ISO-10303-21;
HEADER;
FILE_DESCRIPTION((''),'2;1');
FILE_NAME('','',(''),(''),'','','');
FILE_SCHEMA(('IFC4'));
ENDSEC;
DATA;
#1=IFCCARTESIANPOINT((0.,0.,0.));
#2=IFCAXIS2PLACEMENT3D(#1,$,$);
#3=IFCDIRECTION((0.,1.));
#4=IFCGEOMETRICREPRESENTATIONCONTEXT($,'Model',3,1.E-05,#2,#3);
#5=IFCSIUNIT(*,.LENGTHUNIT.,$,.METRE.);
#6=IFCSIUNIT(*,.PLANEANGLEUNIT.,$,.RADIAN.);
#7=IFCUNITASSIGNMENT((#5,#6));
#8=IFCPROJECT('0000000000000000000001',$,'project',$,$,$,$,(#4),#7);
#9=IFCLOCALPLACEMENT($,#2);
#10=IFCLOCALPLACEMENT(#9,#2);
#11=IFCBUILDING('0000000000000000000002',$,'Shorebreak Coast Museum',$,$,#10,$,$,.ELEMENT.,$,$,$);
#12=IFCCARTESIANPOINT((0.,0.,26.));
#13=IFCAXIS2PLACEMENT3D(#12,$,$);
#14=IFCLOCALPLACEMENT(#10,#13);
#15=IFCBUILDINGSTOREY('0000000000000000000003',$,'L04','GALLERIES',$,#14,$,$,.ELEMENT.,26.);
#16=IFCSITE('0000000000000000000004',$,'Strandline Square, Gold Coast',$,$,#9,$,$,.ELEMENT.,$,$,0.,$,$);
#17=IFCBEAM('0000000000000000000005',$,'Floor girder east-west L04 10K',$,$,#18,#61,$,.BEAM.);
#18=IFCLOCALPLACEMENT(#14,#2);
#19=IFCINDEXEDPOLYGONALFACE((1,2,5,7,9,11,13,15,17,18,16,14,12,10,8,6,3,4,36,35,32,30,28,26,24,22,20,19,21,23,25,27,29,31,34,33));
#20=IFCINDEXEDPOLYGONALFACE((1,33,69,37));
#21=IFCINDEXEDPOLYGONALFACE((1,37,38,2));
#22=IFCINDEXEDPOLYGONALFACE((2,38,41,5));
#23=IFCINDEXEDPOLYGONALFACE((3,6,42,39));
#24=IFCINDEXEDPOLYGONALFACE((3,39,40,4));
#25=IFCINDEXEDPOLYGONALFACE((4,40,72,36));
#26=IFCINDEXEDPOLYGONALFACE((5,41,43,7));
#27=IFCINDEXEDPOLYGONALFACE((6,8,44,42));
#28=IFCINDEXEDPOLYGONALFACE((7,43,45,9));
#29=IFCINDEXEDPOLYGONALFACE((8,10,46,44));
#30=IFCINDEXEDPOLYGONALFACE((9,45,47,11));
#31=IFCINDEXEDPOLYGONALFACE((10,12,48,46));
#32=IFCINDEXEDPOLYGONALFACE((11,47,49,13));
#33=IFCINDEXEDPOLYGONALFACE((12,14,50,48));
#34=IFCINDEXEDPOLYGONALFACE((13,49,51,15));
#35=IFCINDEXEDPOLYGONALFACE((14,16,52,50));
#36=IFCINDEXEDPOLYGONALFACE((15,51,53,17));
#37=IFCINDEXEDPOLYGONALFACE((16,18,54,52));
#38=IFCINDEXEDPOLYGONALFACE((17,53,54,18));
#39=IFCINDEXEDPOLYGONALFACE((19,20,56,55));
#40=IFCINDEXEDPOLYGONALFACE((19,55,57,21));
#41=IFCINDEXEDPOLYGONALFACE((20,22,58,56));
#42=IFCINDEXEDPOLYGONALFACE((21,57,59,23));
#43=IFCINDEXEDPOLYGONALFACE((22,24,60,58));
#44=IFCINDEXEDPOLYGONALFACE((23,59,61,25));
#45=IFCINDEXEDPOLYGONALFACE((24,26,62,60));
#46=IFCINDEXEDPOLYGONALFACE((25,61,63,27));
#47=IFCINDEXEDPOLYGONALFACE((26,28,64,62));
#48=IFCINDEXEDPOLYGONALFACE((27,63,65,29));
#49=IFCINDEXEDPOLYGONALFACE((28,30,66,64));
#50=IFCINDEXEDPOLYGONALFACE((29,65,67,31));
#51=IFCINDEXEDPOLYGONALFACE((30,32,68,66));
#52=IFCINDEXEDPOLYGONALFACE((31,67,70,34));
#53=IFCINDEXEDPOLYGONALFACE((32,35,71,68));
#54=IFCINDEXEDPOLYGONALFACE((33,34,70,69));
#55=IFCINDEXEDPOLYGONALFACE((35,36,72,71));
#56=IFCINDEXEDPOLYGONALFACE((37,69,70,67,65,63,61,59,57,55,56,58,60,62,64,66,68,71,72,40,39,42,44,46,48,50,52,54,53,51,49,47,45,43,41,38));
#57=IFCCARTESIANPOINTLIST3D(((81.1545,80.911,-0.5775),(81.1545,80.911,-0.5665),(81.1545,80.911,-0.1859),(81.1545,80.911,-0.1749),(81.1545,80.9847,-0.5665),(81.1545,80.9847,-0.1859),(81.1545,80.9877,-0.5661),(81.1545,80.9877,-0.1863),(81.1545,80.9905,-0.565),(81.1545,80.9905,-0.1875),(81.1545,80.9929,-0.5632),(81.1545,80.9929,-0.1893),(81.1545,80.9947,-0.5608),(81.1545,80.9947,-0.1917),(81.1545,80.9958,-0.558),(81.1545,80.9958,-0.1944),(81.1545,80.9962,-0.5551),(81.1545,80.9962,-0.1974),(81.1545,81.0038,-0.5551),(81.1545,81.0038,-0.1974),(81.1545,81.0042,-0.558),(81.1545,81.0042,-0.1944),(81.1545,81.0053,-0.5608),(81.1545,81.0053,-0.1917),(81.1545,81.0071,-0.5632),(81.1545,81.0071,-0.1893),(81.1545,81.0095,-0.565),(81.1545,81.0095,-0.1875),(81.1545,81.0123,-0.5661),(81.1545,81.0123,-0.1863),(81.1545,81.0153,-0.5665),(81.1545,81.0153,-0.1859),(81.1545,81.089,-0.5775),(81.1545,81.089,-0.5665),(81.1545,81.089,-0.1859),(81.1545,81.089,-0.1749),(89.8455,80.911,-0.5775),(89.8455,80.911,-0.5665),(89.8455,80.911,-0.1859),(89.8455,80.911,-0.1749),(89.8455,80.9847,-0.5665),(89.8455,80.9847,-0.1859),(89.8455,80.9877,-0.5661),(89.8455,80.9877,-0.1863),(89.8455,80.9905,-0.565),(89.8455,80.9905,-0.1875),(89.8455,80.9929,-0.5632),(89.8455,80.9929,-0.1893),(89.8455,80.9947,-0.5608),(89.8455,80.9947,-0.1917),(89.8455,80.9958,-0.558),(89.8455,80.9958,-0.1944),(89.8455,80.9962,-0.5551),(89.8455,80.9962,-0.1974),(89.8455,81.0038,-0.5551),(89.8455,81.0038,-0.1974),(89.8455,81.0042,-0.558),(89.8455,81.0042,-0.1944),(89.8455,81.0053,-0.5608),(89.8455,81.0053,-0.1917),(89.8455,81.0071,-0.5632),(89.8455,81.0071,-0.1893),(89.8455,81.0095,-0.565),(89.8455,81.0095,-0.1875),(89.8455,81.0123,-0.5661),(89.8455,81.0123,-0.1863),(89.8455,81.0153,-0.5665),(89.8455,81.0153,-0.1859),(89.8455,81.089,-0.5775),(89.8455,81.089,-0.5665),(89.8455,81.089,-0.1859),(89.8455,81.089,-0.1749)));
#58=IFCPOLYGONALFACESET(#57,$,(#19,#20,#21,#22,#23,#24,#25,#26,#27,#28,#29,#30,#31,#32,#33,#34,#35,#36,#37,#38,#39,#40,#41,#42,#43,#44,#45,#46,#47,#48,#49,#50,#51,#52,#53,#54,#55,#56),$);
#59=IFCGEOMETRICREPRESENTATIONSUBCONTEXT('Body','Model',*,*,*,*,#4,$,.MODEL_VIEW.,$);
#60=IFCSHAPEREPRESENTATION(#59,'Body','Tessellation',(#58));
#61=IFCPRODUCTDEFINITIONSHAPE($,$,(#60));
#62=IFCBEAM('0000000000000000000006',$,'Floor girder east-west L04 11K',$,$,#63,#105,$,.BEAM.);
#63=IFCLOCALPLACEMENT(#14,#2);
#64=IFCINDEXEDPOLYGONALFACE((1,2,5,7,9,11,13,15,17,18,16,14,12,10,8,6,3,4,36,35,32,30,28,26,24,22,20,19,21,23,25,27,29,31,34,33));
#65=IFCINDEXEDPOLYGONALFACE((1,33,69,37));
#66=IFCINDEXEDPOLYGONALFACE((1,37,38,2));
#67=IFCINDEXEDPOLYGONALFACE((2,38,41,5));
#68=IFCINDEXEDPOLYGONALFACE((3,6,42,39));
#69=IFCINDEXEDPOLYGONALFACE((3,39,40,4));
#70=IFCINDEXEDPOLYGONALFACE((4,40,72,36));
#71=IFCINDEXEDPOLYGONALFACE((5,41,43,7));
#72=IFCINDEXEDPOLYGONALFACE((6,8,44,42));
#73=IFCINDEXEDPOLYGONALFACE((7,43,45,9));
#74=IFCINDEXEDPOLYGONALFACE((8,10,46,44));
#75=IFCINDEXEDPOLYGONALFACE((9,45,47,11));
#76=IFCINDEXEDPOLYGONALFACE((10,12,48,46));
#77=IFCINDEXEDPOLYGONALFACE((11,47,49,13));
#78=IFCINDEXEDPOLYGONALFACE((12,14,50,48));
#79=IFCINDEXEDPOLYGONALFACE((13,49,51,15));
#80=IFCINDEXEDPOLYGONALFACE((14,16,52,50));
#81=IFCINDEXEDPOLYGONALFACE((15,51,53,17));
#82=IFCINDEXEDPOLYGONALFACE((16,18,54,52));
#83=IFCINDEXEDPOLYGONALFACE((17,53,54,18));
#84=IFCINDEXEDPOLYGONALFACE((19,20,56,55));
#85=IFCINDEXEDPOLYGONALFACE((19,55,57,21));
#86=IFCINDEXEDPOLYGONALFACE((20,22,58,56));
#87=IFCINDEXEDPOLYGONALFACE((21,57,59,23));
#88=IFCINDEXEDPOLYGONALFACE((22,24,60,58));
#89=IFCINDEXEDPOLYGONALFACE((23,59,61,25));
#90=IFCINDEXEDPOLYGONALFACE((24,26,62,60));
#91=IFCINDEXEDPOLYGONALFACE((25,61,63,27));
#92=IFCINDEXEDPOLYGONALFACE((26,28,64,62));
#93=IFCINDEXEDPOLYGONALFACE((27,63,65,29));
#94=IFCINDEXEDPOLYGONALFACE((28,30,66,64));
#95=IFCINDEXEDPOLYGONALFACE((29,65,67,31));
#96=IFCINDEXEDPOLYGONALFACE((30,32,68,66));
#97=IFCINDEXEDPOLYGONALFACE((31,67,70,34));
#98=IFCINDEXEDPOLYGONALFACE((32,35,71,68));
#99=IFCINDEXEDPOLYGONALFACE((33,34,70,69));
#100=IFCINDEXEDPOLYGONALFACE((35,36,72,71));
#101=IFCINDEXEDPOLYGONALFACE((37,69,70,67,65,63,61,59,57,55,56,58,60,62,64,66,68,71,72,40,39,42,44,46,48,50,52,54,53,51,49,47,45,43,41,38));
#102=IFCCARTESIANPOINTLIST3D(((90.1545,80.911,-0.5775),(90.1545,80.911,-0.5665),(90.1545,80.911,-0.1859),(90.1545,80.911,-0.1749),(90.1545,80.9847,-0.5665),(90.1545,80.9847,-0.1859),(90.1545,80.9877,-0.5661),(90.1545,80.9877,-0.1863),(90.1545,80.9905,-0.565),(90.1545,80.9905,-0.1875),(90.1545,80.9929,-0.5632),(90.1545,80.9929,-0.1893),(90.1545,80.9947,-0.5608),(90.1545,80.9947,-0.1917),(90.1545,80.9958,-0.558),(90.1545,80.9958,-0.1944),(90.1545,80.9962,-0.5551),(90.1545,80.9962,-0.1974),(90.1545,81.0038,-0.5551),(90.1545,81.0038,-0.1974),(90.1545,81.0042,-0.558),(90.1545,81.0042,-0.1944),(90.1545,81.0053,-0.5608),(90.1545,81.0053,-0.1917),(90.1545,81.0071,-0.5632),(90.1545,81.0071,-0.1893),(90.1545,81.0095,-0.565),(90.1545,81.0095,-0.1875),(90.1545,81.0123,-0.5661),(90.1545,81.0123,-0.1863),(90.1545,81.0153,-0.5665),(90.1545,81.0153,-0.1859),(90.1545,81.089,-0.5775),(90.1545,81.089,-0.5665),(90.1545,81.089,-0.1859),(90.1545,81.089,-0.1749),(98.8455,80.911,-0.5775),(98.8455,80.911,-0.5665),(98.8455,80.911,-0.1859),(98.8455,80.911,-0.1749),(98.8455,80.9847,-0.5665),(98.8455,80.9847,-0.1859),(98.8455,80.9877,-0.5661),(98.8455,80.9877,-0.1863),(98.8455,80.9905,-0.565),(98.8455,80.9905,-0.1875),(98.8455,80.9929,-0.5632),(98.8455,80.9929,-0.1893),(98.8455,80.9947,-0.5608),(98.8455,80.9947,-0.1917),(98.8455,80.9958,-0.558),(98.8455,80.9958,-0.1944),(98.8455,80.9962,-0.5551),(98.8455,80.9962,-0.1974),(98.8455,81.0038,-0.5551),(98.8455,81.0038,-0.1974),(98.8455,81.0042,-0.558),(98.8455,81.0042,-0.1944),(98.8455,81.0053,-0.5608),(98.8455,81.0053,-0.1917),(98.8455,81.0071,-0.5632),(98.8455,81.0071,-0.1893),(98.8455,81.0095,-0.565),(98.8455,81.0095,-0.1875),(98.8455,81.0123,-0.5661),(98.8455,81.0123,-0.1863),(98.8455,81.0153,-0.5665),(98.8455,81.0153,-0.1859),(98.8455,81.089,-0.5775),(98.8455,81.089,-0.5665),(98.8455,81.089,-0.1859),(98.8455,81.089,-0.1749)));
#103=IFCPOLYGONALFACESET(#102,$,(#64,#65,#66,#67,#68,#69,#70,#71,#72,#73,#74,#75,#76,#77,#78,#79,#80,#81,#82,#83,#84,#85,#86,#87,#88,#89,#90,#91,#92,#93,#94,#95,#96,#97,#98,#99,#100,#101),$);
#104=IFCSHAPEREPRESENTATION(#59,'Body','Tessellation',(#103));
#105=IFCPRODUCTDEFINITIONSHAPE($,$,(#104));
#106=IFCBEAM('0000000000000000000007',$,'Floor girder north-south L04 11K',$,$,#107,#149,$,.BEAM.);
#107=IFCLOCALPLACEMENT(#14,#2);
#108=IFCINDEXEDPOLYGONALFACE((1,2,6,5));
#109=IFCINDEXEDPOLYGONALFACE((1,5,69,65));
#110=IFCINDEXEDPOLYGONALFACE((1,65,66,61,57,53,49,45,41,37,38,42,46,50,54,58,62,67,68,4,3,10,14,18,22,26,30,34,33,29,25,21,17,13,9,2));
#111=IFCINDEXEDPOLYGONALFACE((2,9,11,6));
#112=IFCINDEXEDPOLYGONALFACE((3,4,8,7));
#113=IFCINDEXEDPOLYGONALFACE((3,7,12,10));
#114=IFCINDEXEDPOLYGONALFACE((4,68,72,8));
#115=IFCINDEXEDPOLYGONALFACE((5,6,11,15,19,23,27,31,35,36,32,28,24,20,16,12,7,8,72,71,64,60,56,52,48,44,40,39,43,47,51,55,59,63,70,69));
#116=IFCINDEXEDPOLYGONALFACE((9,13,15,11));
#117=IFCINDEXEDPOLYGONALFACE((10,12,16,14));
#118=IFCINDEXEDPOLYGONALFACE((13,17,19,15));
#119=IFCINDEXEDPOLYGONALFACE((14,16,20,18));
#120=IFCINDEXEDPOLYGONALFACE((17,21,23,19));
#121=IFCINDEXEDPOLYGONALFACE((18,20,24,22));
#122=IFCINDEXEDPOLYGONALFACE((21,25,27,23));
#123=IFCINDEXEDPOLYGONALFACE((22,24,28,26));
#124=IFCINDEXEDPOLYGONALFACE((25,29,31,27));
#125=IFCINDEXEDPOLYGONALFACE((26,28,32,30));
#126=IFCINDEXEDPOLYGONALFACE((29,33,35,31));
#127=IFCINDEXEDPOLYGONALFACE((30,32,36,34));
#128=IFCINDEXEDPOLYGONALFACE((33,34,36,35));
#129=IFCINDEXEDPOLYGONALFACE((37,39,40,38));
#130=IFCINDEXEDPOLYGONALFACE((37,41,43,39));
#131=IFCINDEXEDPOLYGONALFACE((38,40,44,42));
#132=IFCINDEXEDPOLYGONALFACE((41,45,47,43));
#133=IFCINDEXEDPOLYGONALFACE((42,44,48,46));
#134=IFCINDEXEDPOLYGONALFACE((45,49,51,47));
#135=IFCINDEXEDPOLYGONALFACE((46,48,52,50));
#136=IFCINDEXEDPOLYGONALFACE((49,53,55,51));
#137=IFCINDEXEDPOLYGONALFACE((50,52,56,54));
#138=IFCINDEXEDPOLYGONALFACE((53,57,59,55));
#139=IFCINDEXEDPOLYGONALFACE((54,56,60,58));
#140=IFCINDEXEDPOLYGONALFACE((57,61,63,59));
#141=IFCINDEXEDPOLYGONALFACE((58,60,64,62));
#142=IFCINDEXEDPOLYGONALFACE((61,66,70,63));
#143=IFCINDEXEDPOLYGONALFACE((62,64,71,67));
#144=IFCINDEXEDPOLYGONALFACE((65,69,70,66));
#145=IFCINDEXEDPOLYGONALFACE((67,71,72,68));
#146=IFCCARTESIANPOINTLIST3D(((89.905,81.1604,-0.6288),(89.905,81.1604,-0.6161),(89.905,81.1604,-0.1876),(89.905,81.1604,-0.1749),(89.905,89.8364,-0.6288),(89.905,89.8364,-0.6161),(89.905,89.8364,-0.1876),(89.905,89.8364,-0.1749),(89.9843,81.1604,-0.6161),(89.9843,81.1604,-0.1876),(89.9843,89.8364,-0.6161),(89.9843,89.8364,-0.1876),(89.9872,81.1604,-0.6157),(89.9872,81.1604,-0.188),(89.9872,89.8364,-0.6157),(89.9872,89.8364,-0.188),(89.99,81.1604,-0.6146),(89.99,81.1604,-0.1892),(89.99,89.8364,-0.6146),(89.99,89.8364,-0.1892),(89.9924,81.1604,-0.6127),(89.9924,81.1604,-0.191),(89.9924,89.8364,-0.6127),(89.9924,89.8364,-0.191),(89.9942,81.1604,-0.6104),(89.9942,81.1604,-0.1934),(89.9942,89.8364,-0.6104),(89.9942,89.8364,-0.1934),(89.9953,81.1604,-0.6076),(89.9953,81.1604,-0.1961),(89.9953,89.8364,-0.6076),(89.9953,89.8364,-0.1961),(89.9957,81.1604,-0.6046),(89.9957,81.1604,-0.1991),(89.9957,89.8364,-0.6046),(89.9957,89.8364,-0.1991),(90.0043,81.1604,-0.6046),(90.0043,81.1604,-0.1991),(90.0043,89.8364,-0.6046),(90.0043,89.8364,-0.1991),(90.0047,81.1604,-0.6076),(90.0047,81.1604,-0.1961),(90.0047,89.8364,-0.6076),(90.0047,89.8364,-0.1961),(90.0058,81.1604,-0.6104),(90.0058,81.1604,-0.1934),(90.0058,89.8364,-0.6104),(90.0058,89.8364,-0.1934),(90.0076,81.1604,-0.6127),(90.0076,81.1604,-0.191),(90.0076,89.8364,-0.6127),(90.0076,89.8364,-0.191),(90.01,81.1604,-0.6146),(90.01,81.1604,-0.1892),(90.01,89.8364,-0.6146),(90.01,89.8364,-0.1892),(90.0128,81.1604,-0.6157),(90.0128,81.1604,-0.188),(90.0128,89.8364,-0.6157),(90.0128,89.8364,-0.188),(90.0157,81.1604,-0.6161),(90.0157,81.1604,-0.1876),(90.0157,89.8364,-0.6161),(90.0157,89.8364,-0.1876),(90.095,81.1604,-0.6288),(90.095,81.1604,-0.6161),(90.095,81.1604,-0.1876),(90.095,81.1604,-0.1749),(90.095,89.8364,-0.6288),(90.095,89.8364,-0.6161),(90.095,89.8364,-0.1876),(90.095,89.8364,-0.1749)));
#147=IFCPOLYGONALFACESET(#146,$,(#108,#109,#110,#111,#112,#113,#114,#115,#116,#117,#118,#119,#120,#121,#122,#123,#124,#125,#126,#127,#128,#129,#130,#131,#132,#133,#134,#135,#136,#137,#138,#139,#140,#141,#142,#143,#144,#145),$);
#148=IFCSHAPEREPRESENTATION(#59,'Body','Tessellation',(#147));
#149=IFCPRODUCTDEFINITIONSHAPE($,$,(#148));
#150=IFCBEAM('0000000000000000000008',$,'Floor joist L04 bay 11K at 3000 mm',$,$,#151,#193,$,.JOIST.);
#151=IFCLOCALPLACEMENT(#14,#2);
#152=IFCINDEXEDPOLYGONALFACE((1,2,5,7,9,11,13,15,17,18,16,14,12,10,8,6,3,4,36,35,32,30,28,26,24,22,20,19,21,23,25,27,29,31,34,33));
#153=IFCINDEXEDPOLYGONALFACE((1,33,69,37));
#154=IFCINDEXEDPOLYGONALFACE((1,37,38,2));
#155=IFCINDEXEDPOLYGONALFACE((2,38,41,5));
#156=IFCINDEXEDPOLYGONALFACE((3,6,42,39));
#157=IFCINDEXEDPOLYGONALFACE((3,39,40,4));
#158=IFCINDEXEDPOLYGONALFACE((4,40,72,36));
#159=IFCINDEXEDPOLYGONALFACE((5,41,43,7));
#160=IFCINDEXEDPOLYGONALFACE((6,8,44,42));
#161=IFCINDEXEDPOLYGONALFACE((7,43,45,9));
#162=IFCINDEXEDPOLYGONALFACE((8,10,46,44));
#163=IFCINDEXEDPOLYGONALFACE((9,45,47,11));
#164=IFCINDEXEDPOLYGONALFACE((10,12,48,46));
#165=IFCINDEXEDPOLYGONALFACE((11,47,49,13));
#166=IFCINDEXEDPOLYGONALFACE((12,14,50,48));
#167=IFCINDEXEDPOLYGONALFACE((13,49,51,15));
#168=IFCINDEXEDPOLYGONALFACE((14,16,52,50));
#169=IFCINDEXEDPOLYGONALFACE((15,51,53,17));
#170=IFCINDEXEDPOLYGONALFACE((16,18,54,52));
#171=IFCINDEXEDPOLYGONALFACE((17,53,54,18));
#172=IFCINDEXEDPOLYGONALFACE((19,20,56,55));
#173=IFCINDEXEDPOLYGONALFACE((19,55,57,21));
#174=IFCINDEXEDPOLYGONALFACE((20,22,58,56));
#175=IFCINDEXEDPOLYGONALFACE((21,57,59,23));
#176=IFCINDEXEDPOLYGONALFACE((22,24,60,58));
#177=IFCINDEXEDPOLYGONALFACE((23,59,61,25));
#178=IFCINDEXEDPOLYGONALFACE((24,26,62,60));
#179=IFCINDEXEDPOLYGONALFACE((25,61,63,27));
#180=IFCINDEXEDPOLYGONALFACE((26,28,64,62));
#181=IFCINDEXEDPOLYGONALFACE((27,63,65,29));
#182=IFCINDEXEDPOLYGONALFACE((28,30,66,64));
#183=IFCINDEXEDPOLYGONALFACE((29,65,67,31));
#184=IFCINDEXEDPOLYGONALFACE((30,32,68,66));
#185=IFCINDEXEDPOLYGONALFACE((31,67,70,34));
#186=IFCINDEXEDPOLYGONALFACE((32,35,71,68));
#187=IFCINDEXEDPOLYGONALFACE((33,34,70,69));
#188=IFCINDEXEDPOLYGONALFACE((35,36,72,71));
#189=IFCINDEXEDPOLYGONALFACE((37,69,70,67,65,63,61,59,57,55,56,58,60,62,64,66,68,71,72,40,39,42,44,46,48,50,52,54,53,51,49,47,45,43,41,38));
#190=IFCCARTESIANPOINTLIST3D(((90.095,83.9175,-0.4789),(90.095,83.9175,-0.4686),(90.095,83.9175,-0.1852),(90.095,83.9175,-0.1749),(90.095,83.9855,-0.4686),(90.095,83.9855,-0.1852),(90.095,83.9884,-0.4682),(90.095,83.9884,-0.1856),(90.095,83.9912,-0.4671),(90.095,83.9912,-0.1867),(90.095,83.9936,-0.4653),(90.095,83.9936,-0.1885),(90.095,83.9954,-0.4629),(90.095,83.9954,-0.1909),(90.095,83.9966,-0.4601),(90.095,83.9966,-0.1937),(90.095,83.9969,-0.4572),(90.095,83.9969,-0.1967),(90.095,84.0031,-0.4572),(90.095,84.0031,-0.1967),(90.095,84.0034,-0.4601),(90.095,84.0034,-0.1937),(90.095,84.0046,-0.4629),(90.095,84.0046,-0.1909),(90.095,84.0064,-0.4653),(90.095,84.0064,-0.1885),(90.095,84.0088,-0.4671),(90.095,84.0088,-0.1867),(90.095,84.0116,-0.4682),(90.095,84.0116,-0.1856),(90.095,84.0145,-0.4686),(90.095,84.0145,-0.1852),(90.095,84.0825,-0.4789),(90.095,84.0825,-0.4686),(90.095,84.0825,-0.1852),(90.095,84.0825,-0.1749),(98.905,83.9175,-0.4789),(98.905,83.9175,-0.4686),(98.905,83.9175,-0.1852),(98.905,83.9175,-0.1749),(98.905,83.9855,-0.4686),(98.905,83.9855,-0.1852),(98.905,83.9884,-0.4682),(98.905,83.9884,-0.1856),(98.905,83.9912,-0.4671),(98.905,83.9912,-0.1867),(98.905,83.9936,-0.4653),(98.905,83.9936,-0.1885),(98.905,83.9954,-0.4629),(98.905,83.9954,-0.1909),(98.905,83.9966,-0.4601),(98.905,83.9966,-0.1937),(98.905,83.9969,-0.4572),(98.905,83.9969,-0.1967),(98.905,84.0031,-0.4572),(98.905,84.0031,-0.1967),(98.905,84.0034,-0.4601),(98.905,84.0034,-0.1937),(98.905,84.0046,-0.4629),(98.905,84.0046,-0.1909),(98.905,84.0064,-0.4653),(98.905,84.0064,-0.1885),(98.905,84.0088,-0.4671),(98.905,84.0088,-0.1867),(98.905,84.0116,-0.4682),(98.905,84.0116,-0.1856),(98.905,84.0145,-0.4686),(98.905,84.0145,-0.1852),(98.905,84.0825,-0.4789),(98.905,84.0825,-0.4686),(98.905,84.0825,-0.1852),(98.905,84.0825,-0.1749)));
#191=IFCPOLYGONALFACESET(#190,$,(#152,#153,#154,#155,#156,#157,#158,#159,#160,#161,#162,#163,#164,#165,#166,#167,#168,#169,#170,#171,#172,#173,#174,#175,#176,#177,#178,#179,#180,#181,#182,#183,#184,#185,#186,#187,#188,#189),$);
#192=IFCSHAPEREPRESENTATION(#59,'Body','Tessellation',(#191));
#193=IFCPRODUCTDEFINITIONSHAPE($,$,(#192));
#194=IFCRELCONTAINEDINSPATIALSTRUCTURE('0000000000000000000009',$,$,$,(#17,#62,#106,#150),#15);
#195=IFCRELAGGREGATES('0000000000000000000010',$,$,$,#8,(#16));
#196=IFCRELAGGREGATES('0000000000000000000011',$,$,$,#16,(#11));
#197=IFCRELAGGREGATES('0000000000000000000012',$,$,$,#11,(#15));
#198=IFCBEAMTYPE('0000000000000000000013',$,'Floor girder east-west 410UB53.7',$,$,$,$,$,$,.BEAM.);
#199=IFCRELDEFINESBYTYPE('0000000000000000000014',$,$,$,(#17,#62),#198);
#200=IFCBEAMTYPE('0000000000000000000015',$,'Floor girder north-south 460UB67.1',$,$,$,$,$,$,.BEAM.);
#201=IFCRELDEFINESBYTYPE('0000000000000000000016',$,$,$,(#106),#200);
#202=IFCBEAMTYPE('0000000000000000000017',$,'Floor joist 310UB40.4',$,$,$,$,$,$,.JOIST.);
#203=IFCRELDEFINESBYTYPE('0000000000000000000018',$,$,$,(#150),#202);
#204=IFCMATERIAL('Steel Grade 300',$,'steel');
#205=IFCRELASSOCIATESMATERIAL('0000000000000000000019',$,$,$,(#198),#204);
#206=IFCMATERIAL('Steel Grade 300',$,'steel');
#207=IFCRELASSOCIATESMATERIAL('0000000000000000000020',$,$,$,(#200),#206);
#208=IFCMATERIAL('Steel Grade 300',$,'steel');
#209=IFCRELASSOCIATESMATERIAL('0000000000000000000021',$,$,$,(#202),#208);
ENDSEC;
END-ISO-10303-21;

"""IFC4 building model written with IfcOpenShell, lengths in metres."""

from ifc_helpers import new_model, si_unit, direction, frame, origin, origin_2d, place, context, subcontext, project, spatial, i_section, extrude, material, material_profile, profile_set, type_object, element, save


model = new_model("IFC4")

# Units and contexts
model_context = context("Model", 3, precision=1e-05, world=origin(), true_north=direction((0.0, 1.0)))
body_context = subcontext(model_context, "Body", "Model", "MODEL_VIEW")
ifc_project = project(units=[si_unit("LENGTHUNIT", "METRE"), si_unit("PLANEANGLEUNIT", "RADIAN")], contexts=[model_context])

# Site, building, storey
site_placement = place(None, origin())
site = spatial("IfcSite", under=ifc_project, at=site_placement, Name="Strandline Square, Gold Coast", CompositionType="ELEMENT", RefElevation=0.0)
building_placement = place(site_placement, origin())
building = spatial("IfcBuilding", under=site, at=building_placement, Name="Shorebreak Coast Museum", CompositionType="ELEMENT")
storey_placement = place(building_placement, frame((0.0, 0.0, 26.0)))
storey = spatial("IfcBuildingStorey", under=building, at=storey_placement, Name="L04", Description="GALLERIES", CompositionType="ELEMENT", Elevation=26.0)

# Beams
ifc_material_1 = material(Name="Steel Grade 300", Category="steel")
ifc_material_profile_1 = material_profile(ifc_material_1, i_section(OverallWidth=0.178, OverallDepth=0.4026, WebThickness=0.0076, FlangeThickness=0.011, FilletRadius=0.0115, at=origin_2d()), Name="410UB53.7")
ifc_profile_set_1 = profile_set([ifc_material_profile_1], Name="Steel Grade 300")
beam_type_1 = type_object("IfcBeamType", Name="Floor girder east-west 410UB53.7", PredefinedType="BEAM", material=ifc_profile_set_1)
for number, where, z_axis, x_axis, name in (
    (1, (81.1545, 81.0, -0.3762), (1.0, 0.0, 0.0), (0.0, 1.0, 0.0), "Floor girder east-west L04 10K"),
    (2, (90.1545, 81.0, -0.3762), (1.0, 0.0, 0.0), (0.0, 1.0, 0.0), "Floor girder east-west L04 11K"),
):
    element("IfcBeam", number, at=place(storey_placement, frame(where, z_axis=z_axis, x_axis=x_axis)), inside=storey, type_object=beam_type_1, Name=name, PredefinedType="BEAM", context=body_context, shape_type="SweptSolid", body=[
        extrude(i_section(OverallWidth=0.178, OverallDepth=0.4026, WebThickness=0.0076, FlangeThickness=0.011, FilletRadius=0.0115, at=origin_2d()), origin(), (0.0, 0.0, 1.0), 8.6909),
    ])
ifc_material_2 = material(Name="Steel Grade 300", Category="steel")
ifc_material_profile_2 = material_profile(ifc_material_2, i_section(OverallWidth=0.1899, OverallDepth=0.4539, WebThickness=0.0085, FlangeThickness=0.0127, FilletRadius=0.0115, at=origin_2d()), Name="460UB67.1")
ifc_profile_set_2 = profile_set([ifc_material_profile_2], Name="Steel Grade 300")
beam_type_2 = type_object("IfcBeamType", Name="Floor girder north-south 460UB67.1", PredefinedType="BEAM", material=ifc_profile_set_2)
beam_1_placement = place(storey_placement, frame((90.0, 81.1604, -0.4019), z_axis=(0.0, 1.0, 0.0), x_axis=(-1.0, 0.0, 0.0)))
element("IfcBeam", 3, at=beam_1_placement, inside=storey, type_object=beam_type_2, Name="Floor girder north-south L04 11K", PredefinedType="BEAM", context=body_context, shape_type="SweptSolid", body=[
    extrude(i_section(OverallWidth=0.1899, OverallDepth=0.4539, WebThickness=0.0085, FlangeThickness=0.0127, FilletRadius=0.0115, at=origin_2d()), origin(), (0.0, 0.0, 1.0), 8.676),
])
ifc_material_3 = material(Name="Steel Grade 300", Category="steel")
ifc_material_profile_3 = material_profile(ifc_material_3, i_section(OverallWidth=0.165, OverallDepth=0.304, WebThickness=0.0061, FlangeThickness=0.0103, FilletRadius=0.0115, at=origin_2d()), Name="310UB40.4")
ifc_profile_set_3 = profile_set([ifc_material_profile_3], Name="Steel Grade 300")
beam_type_3 = type_object("IfcBeamType", Name="Floor joist 310UB40.4", PredefinedType="JOIST", material=ifc_profile_set_3)
for number, where, z_axis, x_axis, name in (
    (4, (90.095, 84.0, -0.3269), (1.0, 0.0, 0.0), (0.0, 1.0, 0.0), "Floor joist L04 bay 11K at 3000 mm"),
):
    element("IfcBeam", number, at=place(storey_placement, frame(where, z_axis=z_axis, x_axis=x_axis)), inside=storey, type_object=beam_type_3, Name=name, PredefinedType="JOIST", context=body_context, shape_type="SweptSolid", body=[
        extrude(i_section(OverallWidth=0.165, OverallDepth=0.304, WebThickness=0.0061, FlangeThickness=0.0103, FilletRadius=0.0115, at=origin_2d()), origin(), (0.0, 0.0, 1.0), 8.8101),
    ])

save(model, "model.ifc")
